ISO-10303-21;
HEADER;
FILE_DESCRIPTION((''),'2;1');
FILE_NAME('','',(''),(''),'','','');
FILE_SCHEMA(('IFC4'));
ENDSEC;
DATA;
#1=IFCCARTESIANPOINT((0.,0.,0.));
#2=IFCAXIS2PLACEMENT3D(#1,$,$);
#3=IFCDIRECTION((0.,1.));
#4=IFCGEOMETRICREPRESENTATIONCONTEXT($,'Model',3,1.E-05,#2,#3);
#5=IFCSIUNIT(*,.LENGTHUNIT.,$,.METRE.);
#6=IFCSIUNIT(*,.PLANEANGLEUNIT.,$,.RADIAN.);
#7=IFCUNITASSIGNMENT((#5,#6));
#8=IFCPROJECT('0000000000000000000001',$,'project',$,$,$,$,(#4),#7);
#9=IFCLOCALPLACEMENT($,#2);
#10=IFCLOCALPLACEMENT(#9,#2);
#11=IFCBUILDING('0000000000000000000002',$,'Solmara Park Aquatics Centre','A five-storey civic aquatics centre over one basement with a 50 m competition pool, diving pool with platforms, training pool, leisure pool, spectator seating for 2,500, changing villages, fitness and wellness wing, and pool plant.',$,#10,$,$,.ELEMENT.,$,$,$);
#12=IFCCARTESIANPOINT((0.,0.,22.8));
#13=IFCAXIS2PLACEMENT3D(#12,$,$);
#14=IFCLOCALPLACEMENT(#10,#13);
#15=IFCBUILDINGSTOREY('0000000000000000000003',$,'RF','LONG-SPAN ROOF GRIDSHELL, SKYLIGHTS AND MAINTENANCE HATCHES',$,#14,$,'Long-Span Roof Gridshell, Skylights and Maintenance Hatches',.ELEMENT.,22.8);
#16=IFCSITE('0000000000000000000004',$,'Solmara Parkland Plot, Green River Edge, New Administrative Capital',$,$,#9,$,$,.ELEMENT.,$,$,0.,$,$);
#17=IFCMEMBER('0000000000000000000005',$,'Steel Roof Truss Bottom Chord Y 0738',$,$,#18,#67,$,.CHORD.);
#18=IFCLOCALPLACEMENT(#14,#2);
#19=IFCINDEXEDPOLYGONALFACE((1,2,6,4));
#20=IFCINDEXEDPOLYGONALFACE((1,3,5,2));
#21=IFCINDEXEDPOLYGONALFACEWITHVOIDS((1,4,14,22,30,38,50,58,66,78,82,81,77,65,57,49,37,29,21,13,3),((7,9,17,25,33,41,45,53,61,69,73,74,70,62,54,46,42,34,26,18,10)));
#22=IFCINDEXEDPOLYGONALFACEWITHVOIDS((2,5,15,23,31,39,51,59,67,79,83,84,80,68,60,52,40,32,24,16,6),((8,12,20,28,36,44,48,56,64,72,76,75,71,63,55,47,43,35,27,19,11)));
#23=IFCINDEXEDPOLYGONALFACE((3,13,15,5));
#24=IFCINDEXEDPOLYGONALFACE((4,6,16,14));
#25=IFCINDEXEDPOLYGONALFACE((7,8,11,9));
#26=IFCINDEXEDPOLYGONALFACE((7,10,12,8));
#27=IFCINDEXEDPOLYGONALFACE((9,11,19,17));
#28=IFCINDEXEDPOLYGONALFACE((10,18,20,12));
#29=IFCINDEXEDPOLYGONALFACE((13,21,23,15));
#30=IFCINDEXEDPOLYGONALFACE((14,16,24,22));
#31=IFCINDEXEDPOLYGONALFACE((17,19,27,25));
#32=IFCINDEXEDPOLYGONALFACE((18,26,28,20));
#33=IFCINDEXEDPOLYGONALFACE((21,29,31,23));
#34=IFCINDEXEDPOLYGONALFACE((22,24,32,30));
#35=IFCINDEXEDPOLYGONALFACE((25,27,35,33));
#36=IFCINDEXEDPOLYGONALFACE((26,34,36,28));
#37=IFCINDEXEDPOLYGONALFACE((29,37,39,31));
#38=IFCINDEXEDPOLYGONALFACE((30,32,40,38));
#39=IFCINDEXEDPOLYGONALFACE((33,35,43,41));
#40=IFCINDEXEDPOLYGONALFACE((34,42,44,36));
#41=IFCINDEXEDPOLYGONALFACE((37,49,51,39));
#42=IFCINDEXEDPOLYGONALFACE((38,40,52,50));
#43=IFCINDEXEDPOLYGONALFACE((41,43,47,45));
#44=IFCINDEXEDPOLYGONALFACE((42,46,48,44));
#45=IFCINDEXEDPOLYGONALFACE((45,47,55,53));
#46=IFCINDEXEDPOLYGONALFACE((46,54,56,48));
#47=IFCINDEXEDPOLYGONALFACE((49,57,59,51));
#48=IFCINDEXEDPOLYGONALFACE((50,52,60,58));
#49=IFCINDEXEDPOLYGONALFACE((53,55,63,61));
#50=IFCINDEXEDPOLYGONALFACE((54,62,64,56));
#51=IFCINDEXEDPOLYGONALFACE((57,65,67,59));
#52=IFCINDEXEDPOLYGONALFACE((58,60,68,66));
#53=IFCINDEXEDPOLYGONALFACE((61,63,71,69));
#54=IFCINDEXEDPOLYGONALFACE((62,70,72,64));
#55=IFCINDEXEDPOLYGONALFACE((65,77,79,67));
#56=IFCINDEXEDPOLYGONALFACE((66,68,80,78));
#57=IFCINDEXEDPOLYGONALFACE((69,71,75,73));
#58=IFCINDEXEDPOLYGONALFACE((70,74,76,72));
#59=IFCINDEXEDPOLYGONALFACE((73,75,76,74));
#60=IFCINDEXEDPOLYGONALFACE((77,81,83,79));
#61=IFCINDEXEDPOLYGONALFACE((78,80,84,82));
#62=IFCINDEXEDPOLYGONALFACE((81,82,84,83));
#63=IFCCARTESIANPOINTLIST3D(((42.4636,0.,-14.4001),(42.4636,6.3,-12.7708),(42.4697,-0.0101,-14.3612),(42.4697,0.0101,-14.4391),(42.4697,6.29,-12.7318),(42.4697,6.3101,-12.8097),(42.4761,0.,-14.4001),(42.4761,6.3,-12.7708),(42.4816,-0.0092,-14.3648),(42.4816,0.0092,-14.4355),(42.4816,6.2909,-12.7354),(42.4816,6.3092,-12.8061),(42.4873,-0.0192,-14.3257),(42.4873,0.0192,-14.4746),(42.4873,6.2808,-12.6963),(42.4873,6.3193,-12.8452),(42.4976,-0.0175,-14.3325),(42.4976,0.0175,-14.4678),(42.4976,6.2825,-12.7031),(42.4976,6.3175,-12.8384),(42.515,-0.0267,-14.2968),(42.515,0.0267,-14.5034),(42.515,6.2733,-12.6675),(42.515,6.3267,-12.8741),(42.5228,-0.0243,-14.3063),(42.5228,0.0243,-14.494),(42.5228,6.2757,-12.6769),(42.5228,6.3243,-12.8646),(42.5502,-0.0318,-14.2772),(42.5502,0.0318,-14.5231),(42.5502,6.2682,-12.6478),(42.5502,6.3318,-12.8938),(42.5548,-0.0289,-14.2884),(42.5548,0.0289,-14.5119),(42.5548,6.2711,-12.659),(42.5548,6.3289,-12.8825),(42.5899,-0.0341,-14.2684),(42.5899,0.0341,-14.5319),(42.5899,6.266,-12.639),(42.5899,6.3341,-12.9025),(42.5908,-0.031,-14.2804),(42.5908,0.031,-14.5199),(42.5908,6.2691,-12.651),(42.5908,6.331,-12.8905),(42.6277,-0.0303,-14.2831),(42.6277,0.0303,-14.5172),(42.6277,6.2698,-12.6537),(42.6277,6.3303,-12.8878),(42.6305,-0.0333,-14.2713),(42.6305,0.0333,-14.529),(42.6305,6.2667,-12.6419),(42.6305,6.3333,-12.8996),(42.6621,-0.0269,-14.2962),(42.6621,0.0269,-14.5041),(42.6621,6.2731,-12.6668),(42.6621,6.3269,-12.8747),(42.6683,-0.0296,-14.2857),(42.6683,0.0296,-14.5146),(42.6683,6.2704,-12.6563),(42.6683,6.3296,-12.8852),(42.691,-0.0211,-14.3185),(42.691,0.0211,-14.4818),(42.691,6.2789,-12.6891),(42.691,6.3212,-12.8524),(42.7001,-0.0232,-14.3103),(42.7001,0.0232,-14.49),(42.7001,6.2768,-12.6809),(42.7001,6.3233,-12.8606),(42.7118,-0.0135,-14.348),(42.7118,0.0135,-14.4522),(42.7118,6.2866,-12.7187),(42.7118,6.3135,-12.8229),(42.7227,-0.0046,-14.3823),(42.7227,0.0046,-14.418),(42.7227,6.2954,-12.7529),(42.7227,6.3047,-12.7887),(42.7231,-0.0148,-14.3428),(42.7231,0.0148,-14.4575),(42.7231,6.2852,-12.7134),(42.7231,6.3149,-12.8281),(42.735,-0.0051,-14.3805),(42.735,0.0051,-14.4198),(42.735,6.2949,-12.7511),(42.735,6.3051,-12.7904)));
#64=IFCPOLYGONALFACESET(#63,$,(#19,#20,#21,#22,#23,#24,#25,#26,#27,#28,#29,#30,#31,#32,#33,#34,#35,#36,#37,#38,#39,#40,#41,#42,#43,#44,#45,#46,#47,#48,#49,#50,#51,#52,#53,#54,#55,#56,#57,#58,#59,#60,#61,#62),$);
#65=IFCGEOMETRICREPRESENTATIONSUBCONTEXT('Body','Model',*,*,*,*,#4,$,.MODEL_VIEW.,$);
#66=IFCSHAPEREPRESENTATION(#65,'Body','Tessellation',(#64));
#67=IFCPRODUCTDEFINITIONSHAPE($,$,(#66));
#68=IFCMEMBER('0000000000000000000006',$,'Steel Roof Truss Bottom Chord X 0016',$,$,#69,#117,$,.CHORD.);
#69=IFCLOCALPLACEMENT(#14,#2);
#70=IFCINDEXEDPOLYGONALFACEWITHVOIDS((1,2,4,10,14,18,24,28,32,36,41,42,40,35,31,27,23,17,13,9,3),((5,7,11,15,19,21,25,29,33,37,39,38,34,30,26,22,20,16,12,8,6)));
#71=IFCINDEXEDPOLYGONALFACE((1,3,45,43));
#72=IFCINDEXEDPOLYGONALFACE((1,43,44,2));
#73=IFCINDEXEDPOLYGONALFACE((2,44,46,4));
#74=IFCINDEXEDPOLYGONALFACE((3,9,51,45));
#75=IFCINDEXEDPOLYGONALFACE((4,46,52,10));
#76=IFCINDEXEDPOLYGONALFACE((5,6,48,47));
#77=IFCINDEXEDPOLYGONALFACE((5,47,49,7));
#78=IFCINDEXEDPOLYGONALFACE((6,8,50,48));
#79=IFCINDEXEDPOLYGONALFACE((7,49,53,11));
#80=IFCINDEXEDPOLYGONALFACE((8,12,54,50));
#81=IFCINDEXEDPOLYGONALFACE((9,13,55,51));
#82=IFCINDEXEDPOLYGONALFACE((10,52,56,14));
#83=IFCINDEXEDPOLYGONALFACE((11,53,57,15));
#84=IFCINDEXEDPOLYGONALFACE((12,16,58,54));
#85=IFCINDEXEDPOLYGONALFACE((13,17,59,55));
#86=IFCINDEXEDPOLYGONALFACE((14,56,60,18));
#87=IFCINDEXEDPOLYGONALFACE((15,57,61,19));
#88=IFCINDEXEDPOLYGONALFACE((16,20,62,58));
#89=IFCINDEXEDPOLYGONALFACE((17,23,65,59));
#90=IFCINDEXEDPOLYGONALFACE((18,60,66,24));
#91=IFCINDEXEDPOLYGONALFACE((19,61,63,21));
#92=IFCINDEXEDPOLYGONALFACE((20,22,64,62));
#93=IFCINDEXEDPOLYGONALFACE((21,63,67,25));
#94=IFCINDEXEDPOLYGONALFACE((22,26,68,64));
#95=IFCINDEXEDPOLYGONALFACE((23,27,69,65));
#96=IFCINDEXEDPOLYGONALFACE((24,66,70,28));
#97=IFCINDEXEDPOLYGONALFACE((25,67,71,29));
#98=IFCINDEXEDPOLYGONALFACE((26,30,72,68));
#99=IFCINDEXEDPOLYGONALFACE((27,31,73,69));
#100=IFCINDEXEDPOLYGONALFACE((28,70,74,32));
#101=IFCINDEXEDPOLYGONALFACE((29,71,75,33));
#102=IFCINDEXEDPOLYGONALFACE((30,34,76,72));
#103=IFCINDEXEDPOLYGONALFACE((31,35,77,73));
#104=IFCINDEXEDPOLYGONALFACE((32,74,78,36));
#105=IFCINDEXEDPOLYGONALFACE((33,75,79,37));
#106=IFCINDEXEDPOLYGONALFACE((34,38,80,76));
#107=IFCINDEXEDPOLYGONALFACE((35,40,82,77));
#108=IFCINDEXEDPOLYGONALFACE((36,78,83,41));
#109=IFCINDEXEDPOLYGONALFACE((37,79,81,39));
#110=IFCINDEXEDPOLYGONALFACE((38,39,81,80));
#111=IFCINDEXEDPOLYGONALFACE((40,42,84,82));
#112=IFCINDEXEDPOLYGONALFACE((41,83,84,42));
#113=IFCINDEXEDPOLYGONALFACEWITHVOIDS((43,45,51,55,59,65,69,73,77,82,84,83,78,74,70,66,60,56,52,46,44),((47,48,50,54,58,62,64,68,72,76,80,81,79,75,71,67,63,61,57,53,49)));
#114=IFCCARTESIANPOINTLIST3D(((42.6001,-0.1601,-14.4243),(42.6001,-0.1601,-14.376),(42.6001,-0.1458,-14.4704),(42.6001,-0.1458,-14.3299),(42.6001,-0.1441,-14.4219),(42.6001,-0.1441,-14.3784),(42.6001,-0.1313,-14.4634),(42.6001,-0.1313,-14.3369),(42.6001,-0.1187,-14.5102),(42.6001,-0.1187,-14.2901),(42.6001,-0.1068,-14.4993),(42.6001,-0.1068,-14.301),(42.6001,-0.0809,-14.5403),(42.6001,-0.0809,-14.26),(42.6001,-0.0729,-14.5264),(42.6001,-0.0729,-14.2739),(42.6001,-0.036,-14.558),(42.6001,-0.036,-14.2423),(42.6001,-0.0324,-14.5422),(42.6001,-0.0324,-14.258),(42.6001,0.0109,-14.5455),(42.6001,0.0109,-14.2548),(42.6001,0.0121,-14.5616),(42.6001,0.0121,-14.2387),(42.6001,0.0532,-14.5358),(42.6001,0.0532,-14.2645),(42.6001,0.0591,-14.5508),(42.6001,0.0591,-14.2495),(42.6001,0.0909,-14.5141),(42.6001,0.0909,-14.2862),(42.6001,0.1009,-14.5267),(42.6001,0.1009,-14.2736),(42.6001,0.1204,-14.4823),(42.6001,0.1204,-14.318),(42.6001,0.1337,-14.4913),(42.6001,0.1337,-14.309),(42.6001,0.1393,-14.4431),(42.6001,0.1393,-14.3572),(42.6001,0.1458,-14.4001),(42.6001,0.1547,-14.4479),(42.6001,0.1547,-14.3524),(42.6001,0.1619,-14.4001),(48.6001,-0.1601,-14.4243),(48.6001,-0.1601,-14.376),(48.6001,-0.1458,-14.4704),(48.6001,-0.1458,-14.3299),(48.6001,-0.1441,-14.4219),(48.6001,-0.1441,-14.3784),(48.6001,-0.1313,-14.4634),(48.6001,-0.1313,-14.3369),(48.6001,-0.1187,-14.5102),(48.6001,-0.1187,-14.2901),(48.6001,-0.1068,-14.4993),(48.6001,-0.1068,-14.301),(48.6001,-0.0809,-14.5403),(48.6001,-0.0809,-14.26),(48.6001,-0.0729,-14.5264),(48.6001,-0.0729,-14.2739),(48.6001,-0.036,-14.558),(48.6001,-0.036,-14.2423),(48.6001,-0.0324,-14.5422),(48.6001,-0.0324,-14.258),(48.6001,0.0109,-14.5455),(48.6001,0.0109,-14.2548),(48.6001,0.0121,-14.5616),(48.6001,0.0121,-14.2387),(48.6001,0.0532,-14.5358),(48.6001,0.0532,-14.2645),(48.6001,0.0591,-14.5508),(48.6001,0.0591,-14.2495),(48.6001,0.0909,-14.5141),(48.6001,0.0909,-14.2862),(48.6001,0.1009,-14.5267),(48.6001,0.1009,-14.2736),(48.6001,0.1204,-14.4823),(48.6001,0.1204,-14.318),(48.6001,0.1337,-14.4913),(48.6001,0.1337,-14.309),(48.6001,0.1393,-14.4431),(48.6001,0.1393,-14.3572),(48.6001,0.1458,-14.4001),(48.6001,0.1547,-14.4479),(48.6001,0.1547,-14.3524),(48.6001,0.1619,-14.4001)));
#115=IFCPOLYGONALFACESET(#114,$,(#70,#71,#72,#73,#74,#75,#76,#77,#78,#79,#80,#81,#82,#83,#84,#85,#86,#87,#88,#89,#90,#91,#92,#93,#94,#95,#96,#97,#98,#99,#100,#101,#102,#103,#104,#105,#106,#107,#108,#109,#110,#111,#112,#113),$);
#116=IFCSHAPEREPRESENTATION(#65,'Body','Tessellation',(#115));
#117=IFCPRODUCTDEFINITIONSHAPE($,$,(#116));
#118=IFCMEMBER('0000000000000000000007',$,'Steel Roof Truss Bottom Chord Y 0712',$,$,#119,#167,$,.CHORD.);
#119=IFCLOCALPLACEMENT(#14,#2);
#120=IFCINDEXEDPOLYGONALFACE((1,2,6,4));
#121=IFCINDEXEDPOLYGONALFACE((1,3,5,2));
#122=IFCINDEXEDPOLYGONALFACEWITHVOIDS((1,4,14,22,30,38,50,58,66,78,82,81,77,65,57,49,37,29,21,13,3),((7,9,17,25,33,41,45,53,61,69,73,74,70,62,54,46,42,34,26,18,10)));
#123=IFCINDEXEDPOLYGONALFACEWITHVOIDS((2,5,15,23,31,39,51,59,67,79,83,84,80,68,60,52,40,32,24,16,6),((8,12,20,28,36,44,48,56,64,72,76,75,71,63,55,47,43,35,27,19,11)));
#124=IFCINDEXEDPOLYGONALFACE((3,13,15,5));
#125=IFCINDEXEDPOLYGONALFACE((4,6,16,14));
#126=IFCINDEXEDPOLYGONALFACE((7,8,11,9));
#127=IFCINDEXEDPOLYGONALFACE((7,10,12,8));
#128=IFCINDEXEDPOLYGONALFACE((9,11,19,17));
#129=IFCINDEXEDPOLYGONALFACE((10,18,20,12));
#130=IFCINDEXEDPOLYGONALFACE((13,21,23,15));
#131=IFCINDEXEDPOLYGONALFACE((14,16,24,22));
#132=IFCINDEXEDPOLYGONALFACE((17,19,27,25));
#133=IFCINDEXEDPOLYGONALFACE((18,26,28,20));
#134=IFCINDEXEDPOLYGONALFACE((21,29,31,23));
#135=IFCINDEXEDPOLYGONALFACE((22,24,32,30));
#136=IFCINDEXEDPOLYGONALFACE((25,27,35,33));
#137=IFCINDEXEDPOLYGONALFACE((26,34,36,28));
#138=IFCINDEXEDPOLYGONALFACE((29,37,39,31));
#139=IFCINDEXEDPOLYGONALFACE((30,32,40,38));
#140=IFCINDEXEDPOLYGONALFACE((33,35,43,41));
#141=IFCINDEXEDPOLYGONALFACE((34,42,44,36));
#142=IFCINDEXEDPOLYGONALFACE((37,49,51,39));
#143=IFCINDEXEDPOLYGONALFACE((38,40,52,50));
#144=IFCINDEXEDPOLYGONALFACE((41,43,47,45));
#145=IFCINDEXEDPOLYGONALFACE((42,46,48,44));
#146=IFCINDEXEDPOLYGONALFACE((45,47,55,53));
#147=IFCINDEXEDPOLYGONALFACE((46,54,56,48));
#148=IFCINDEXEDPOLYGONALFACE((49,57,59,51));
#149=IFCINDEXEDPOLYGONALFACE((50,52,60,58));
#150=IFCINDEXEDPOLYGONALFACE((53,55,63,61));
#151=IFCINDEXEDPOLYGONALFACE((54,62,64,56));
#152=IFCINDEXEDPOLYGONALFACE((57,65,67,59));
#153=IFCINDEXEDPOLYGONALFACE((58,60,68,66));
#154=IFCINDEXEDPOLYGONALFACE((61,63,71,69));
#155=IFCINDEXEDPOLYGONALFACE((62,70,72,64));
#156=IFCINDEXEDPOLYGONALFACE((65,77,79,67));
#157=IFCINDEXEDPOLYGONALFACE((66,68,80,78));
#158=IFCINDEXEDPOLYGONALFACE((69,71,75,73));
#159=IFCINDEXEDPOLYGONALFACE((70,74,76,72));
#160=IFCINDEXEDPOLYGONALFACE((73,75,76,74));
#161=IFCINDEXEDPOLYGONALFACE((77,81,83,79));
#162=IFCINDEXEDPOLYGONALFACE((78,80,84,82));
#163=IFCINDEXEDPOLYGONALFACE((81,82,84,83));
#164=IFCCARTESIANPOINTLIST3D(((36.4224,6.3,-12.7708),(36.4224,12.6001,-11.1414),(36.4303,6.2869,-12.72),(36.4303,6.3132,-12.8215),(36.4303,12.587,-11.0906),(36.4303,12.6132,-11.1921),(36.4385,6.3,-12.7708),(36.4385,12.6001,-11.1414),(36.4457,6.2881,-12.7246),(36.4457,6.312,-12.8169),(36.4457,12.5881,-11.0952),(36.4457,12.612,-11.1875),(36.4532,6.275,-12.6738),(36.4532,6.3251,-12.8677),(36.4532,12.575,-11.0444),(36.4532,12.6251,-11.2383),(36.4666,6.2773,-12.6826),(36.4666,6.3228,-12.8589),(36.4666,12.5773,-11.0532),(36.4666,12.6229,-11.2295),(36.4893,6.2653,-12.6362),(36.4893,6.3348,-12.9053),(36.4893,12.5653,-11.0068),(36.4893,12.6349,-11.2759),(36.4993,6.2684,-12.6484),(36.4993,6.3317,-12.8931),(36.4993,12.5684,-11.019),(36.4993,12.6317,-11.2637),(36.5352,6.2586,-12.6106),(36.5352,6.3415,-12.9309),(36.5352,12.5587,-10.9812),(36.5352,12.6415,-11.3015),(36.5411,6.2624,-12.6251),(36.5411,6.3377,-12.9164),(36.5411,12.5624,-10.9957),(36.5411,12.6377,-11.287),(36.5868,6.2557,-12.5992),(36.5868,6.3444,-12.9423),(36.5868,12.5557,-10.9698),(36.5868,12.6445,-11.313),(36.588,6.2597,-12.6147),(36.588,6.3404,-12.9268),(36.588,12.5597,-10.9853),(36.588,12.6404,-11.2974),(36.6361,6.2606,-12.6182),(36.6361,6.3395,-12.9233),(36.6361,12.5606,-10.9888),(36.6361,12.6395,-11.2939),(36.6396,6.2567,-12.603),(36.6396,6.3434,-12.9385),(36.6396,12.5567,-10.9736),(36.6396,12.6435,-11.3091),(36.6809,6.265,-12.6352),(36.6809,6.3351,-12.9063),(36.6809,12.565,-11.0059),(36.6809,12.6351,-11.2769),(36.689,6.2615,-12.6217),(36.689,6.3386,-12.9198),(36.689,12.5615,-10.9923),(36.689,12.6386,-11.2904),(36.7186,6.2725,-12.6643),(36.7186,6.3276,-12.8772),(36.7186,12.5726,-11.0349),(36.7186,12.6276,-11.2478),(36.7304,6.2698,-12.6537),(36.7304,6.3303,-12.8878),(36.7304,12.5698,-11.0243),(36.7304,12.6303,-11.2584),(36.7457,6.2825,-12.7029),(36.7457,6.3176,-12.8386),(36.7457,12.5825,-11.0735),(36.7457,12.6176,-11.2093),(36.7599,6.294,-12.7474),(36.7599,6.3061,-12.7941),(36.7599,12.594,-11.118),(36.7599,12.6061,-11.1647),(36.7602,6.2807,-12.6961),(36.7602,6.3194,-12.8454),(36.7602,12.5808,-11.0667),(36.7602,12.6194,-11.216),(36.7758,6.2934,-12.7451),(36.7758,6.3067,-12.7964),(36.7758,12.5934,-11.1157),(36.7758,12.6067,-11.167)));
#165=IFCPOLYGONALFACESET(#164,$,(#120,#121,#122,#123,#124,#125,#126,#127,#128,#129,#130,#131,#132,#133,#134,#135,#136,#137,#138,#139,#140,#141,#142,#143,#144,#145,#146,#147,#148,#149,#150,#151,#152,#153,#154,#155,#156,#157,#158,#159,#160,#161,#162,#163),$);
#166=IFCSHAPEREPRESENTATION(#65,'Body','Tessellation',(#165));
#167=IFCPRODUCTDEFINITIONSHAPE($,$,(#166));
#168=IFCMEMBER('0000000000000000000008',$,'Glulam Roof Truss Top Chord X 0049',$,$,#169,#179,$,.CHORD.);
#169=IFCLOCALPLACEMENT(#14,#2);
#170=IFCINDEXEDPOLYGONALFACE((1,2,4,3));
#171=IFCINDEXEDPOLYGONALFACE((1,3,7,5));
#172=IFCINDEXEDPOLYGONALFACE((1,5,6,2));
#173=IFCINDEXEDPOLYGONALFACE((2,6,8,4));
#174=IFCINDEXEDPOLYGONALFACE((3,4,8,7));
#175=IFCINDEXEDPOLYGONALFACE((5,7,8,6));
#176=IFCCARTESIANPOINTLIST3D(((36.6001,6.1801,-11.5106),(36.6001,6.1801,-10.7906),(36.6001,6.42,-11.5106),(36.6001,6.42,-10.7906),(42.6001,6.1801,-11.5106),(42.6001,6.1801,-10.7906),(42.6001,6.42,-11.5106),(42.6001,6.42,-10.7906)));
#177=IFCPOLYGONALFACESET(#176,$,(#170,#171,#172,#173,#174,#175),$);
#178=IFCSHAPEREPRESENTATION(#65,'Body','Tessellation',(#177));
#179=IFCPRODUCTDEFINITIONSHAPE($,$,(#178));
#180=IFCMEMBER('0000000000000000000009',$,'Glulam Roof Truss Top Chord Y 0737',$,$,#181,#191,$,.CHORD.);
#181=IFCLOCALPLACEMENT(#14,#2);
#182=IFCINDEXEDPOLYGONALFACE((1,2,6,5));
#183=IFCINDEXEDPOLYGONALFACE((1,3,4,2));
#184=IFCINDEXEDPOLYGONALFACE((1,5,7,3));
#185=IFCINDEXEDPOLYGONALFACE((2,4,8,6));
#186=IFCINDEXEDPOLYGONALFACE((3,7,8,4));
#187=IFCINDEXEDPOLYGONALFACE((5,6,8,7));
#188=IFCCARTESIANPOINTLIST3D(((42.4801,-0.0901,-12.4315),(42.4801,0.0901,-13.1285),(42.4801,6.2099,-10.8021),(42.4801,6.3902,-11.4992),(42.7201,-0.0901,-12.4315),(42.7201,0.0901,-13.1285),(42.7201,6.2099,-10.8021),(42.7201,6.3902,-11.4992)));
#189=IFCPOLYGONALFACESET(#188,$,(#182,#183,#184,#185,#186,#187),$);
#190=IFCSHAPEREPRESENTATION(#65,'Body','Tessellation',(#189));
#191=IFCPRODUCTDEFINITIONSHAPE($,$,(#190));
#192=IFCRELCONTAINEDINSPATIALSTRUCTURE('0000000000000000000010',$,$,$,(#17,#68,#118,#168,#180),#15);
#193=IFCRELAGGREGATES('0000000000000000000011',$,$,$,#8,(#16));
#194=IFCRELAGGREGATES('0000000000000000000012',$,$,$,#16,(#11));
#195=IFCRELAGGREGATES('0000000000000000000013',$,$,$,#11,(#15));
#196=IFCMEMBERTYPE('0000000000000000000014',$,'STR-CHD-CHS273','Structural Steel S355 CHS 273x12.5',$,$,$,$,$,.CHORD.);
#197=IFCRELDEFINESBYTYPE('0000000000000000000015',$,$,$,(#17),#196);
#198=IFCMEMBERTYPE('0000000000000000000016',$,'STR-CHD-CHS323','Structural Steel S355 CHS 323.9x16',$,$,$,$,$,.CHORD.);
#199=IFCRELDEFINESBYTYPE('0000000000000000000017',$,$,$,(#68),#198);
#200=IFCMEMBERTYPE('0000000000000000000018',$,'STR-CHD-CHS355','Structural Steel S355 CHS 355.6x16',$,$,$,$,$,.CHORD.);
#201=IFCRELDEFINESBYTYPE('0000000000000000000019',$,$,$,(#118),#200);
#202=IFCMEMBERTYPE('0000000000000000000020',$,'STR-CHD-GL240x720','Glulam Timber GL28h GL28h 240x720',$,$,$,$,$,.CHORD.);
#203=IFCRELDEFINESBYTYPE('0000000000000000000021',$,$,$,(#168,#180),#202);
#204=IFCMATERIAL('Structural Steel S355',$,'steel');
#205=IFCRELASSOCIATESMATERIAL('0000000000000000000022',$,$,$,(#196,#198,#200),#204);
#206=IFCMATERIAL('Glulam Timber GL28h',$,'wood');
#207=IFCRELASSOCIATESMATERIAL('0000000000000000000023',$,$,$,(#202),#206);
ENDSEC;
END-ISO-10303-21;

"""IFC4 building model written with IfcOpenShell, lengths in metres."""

from ifc_helpers import new_model, si_unit, direction, frame, origin, origin_2d, place, context, subcontext, project, spatial, rectangle, hollow_circle, extrude, material, material_profile, profile_set, type_object, element, save


model = new_model("IFC4")

# Units and contexts
model_context = context("Model", 3, precision=1e-05, world=origin(), true_north=direction((0.0, 1.0)))
body_context = subcontext(model_context, "Body", "Model", "MODEL_VIEW")
ifc_project = project(units=[si_unit("LENGTHUNIT", "METRE"), si_unit("PLANEANGLEUNIT", "RADIAN")], contexts=[model_context])

# Site, building, storey
site_placement = place(None, origin())
site = spatial("IfcSite", under=ifc_project, at=site_placement, Name="Solmara Parkland Plot, Green River Edge, New Administrative Capital", CompositionType="ELEMENT", RefElevation=0.0)
building_placement = place(site_placement, origin())
building = spatial("IfcBuilding", under=site, at=building_placement, Name="Solmara Park Aquatics Centre", Description="A five-storey civic aquatics centre over one basement with a 50 m competition pool, diving pool with platforms, training pool, leisure pool, spectator seating for 2,500, changing villages, fitness and wellness wing, and pool plant.", CompositionType="ELEMENT")
storey_placement = place(building_placement, frame((0.0, 0.0, 22.8)))
storey = spatial("IfcBuildingStorey", under=building, at=storey_placement, Name="RF", Description="LONG-SPAN ROOF GRIDSHELL, SKYLIGHTS AND MAINTENANCE HATCHES", LongName="Long-Span Roof Gridshell, Skylights and Maintenance Hatches", CompositionType="ELEMENT", Elevation=22.8)

# Members
ifc_material_1 = material(Name="Structural Steel S355", Category="steel")
ifc_material_profile_1 = material_profile(ifc_material_1, hollow_circle(Radius=0.1365, WallThickness=0.0125, at=origin_2d()), Name="CHS 273x12.5")
ifc_profile_set_1 = profile_set([ifc_material_profile_1], Name="Structural Steel S355")
member_type_1 = type_object("IfcMemberType", Name="STR-CHD-CHS273", Description="Structural Steel S355 CHS 273x12.5", PredefinedType="CHORD", material=ifc_profile_set_1)
member_1_placement = place(storey_placement, frame((42.6001, 0.0, -14.4001), z_axis=(0.0, 0.968144, 0.250393), x_axis=(-1.0, 0.0, 0.0)))
element("IfcMember", 1, at=member_1_placement, inside=storey, type_object=member_type_1, Name="Steel Roof Truss Bottom Chord Y 0738", PredefinedType="CHORD", context=body_context, shape_type="SweptSolid", body=[
    extrude(hollow_circle(Radius=0.1365, WallThickness=0.0125, at=origin_2d()), origin(), (0.0, 0.0, 1.0), 6.5073),
])
ifc_material_profile_2 = material_profile(ifc_material_1, hollow_circle(Radius=0.1619, WallThickness=0.0161, at=origin_2d()), Name="CHS 323.9x16")
ifc_profile_set_2 = profile_set([ifc_material_profile_2], Name="Structural Steel S355")
member_type_2 = type_object("IfcMemberType", Name="STR-CHD-CHS323", Description="Structural Steel S355 CHS 323.9x16", PredefinedType="CHORD", material=ifc_profile_set_2)
member_2_placement = place(storey_placement, frame((42.6001, 0.0, -14.4001), z_axis=(1.0, 0.0, 0.0), x_axis=(0.0, 1.0, 0.0)))
element("IfcMember", 2, at=member_2_placement, inside=storey, type_object=member_type_2, Name="Steel Roof Truss Bottom Chord X 0016", PredefinedType="CHORD", context=body_context, shape_type="SweptSolid", body=[
    extrude(hollow_circle(Radius=0.1619, WallThickness=0.0161, at=origin_2d()), origin(), (0.0, 0.0, 1.0), 6.0),
])
ifc_material_profile_3 = material_profile(ifc_material_1, hollow_circle(Radius=0.1777, WallThickness=0.0161, at=origin_2d()), Name="CHS 355.6x16")
ifc_profile_set_3 = profile_set([ifc_material_profile_3], Name="Structural Steel S355")
member_type_3 = type_object("IfcMemberType", Name="STR-CHD-CHS355", Description="Structural Steel S355 CHS 355.6x16", PredefinedType="CHORD", material=ifc_profile_set_3)
member_3_placement = place(storey_placement, frame((36.6001, 6.3, -12.7708), z_axis=(0.0, 0.968144, 0.250393), x_axis=(-1.0, 0.0, 0.0)))
element("IfcMember", 3, at=member_3_placement, inside=storey, type_object=member_type_3, Name="Steel Roof Truss Bottom Chord Y 0712", PredefinedType="CHORD", context=body_context, shape_type="SweptSolid", body=[
    extrude(hollow_circle(Radius=0.1777, WallThickness=0.0161, at=origin_2d()), origin(), (0.0, 0.0, 1.0), 6.5073),
])
ifc_material_2 = material(Name="Glulam Timber GL28h", Category="wood")
ifc_material_profile_4 = material_profile(ifc_material_2, rectangle(XDim=0.24, YDim=0.72, at=origin_2d()), Name="GL28h 240x720")
ifc_profile_set_4 = profile_set([ifc_material_profile_4], Name="Glulam Timber GL28h")
member_type_4 = type_object("IfcMemberType", Name="STR-CHD-GL240x720", Description="Glulam Timber GL28h GL28h 240x720", PredefinedType="CHORD", material=ifc_profile_set_4)
member_4_placement = place(storey_placement, frame((36.6001, 6.3, -11.1506), z_axis=(1.0, 0.0, 0.0), x_axis=(0.0, 1.0, 0.0)))
element("IfcMember", 4, at=member_4_placement, inside=storey, type_object=member_type_4, Name="Glulam Roof Truss Top Chord X 0049", PredefinedType="CHORD", context=body_context, shape_type="SweptSolid", body=[
    extrude(rectangle(XDim=0.24, YDim=0.72, at=origin_2d()), origin(), (0.0, 0.0, 1.0), 6.0),
])
member_5_placement = place(storey_placement, frame((42.6001, 0.0, -12.78), z_axis=(0.0, 0.968144, 0.250393), x_axis=(-1.0, 0.0, 0.0)))
element("IfcMember", 5, at=member_5_placement, inside=storey, type_object=member_type_4, Name="Glulam Roof Truss Top Chord Y 0737", PredefinedType="CHORD", context=body_context, shape_type="SweptSolid", body=[
    extrude(rectangle(XDim=0.24, YDim=0.72, at=origin_2d()), origin(), (0.0, 0.0, 1.0), 6.5073),
])

save(model, "model.ifc")
